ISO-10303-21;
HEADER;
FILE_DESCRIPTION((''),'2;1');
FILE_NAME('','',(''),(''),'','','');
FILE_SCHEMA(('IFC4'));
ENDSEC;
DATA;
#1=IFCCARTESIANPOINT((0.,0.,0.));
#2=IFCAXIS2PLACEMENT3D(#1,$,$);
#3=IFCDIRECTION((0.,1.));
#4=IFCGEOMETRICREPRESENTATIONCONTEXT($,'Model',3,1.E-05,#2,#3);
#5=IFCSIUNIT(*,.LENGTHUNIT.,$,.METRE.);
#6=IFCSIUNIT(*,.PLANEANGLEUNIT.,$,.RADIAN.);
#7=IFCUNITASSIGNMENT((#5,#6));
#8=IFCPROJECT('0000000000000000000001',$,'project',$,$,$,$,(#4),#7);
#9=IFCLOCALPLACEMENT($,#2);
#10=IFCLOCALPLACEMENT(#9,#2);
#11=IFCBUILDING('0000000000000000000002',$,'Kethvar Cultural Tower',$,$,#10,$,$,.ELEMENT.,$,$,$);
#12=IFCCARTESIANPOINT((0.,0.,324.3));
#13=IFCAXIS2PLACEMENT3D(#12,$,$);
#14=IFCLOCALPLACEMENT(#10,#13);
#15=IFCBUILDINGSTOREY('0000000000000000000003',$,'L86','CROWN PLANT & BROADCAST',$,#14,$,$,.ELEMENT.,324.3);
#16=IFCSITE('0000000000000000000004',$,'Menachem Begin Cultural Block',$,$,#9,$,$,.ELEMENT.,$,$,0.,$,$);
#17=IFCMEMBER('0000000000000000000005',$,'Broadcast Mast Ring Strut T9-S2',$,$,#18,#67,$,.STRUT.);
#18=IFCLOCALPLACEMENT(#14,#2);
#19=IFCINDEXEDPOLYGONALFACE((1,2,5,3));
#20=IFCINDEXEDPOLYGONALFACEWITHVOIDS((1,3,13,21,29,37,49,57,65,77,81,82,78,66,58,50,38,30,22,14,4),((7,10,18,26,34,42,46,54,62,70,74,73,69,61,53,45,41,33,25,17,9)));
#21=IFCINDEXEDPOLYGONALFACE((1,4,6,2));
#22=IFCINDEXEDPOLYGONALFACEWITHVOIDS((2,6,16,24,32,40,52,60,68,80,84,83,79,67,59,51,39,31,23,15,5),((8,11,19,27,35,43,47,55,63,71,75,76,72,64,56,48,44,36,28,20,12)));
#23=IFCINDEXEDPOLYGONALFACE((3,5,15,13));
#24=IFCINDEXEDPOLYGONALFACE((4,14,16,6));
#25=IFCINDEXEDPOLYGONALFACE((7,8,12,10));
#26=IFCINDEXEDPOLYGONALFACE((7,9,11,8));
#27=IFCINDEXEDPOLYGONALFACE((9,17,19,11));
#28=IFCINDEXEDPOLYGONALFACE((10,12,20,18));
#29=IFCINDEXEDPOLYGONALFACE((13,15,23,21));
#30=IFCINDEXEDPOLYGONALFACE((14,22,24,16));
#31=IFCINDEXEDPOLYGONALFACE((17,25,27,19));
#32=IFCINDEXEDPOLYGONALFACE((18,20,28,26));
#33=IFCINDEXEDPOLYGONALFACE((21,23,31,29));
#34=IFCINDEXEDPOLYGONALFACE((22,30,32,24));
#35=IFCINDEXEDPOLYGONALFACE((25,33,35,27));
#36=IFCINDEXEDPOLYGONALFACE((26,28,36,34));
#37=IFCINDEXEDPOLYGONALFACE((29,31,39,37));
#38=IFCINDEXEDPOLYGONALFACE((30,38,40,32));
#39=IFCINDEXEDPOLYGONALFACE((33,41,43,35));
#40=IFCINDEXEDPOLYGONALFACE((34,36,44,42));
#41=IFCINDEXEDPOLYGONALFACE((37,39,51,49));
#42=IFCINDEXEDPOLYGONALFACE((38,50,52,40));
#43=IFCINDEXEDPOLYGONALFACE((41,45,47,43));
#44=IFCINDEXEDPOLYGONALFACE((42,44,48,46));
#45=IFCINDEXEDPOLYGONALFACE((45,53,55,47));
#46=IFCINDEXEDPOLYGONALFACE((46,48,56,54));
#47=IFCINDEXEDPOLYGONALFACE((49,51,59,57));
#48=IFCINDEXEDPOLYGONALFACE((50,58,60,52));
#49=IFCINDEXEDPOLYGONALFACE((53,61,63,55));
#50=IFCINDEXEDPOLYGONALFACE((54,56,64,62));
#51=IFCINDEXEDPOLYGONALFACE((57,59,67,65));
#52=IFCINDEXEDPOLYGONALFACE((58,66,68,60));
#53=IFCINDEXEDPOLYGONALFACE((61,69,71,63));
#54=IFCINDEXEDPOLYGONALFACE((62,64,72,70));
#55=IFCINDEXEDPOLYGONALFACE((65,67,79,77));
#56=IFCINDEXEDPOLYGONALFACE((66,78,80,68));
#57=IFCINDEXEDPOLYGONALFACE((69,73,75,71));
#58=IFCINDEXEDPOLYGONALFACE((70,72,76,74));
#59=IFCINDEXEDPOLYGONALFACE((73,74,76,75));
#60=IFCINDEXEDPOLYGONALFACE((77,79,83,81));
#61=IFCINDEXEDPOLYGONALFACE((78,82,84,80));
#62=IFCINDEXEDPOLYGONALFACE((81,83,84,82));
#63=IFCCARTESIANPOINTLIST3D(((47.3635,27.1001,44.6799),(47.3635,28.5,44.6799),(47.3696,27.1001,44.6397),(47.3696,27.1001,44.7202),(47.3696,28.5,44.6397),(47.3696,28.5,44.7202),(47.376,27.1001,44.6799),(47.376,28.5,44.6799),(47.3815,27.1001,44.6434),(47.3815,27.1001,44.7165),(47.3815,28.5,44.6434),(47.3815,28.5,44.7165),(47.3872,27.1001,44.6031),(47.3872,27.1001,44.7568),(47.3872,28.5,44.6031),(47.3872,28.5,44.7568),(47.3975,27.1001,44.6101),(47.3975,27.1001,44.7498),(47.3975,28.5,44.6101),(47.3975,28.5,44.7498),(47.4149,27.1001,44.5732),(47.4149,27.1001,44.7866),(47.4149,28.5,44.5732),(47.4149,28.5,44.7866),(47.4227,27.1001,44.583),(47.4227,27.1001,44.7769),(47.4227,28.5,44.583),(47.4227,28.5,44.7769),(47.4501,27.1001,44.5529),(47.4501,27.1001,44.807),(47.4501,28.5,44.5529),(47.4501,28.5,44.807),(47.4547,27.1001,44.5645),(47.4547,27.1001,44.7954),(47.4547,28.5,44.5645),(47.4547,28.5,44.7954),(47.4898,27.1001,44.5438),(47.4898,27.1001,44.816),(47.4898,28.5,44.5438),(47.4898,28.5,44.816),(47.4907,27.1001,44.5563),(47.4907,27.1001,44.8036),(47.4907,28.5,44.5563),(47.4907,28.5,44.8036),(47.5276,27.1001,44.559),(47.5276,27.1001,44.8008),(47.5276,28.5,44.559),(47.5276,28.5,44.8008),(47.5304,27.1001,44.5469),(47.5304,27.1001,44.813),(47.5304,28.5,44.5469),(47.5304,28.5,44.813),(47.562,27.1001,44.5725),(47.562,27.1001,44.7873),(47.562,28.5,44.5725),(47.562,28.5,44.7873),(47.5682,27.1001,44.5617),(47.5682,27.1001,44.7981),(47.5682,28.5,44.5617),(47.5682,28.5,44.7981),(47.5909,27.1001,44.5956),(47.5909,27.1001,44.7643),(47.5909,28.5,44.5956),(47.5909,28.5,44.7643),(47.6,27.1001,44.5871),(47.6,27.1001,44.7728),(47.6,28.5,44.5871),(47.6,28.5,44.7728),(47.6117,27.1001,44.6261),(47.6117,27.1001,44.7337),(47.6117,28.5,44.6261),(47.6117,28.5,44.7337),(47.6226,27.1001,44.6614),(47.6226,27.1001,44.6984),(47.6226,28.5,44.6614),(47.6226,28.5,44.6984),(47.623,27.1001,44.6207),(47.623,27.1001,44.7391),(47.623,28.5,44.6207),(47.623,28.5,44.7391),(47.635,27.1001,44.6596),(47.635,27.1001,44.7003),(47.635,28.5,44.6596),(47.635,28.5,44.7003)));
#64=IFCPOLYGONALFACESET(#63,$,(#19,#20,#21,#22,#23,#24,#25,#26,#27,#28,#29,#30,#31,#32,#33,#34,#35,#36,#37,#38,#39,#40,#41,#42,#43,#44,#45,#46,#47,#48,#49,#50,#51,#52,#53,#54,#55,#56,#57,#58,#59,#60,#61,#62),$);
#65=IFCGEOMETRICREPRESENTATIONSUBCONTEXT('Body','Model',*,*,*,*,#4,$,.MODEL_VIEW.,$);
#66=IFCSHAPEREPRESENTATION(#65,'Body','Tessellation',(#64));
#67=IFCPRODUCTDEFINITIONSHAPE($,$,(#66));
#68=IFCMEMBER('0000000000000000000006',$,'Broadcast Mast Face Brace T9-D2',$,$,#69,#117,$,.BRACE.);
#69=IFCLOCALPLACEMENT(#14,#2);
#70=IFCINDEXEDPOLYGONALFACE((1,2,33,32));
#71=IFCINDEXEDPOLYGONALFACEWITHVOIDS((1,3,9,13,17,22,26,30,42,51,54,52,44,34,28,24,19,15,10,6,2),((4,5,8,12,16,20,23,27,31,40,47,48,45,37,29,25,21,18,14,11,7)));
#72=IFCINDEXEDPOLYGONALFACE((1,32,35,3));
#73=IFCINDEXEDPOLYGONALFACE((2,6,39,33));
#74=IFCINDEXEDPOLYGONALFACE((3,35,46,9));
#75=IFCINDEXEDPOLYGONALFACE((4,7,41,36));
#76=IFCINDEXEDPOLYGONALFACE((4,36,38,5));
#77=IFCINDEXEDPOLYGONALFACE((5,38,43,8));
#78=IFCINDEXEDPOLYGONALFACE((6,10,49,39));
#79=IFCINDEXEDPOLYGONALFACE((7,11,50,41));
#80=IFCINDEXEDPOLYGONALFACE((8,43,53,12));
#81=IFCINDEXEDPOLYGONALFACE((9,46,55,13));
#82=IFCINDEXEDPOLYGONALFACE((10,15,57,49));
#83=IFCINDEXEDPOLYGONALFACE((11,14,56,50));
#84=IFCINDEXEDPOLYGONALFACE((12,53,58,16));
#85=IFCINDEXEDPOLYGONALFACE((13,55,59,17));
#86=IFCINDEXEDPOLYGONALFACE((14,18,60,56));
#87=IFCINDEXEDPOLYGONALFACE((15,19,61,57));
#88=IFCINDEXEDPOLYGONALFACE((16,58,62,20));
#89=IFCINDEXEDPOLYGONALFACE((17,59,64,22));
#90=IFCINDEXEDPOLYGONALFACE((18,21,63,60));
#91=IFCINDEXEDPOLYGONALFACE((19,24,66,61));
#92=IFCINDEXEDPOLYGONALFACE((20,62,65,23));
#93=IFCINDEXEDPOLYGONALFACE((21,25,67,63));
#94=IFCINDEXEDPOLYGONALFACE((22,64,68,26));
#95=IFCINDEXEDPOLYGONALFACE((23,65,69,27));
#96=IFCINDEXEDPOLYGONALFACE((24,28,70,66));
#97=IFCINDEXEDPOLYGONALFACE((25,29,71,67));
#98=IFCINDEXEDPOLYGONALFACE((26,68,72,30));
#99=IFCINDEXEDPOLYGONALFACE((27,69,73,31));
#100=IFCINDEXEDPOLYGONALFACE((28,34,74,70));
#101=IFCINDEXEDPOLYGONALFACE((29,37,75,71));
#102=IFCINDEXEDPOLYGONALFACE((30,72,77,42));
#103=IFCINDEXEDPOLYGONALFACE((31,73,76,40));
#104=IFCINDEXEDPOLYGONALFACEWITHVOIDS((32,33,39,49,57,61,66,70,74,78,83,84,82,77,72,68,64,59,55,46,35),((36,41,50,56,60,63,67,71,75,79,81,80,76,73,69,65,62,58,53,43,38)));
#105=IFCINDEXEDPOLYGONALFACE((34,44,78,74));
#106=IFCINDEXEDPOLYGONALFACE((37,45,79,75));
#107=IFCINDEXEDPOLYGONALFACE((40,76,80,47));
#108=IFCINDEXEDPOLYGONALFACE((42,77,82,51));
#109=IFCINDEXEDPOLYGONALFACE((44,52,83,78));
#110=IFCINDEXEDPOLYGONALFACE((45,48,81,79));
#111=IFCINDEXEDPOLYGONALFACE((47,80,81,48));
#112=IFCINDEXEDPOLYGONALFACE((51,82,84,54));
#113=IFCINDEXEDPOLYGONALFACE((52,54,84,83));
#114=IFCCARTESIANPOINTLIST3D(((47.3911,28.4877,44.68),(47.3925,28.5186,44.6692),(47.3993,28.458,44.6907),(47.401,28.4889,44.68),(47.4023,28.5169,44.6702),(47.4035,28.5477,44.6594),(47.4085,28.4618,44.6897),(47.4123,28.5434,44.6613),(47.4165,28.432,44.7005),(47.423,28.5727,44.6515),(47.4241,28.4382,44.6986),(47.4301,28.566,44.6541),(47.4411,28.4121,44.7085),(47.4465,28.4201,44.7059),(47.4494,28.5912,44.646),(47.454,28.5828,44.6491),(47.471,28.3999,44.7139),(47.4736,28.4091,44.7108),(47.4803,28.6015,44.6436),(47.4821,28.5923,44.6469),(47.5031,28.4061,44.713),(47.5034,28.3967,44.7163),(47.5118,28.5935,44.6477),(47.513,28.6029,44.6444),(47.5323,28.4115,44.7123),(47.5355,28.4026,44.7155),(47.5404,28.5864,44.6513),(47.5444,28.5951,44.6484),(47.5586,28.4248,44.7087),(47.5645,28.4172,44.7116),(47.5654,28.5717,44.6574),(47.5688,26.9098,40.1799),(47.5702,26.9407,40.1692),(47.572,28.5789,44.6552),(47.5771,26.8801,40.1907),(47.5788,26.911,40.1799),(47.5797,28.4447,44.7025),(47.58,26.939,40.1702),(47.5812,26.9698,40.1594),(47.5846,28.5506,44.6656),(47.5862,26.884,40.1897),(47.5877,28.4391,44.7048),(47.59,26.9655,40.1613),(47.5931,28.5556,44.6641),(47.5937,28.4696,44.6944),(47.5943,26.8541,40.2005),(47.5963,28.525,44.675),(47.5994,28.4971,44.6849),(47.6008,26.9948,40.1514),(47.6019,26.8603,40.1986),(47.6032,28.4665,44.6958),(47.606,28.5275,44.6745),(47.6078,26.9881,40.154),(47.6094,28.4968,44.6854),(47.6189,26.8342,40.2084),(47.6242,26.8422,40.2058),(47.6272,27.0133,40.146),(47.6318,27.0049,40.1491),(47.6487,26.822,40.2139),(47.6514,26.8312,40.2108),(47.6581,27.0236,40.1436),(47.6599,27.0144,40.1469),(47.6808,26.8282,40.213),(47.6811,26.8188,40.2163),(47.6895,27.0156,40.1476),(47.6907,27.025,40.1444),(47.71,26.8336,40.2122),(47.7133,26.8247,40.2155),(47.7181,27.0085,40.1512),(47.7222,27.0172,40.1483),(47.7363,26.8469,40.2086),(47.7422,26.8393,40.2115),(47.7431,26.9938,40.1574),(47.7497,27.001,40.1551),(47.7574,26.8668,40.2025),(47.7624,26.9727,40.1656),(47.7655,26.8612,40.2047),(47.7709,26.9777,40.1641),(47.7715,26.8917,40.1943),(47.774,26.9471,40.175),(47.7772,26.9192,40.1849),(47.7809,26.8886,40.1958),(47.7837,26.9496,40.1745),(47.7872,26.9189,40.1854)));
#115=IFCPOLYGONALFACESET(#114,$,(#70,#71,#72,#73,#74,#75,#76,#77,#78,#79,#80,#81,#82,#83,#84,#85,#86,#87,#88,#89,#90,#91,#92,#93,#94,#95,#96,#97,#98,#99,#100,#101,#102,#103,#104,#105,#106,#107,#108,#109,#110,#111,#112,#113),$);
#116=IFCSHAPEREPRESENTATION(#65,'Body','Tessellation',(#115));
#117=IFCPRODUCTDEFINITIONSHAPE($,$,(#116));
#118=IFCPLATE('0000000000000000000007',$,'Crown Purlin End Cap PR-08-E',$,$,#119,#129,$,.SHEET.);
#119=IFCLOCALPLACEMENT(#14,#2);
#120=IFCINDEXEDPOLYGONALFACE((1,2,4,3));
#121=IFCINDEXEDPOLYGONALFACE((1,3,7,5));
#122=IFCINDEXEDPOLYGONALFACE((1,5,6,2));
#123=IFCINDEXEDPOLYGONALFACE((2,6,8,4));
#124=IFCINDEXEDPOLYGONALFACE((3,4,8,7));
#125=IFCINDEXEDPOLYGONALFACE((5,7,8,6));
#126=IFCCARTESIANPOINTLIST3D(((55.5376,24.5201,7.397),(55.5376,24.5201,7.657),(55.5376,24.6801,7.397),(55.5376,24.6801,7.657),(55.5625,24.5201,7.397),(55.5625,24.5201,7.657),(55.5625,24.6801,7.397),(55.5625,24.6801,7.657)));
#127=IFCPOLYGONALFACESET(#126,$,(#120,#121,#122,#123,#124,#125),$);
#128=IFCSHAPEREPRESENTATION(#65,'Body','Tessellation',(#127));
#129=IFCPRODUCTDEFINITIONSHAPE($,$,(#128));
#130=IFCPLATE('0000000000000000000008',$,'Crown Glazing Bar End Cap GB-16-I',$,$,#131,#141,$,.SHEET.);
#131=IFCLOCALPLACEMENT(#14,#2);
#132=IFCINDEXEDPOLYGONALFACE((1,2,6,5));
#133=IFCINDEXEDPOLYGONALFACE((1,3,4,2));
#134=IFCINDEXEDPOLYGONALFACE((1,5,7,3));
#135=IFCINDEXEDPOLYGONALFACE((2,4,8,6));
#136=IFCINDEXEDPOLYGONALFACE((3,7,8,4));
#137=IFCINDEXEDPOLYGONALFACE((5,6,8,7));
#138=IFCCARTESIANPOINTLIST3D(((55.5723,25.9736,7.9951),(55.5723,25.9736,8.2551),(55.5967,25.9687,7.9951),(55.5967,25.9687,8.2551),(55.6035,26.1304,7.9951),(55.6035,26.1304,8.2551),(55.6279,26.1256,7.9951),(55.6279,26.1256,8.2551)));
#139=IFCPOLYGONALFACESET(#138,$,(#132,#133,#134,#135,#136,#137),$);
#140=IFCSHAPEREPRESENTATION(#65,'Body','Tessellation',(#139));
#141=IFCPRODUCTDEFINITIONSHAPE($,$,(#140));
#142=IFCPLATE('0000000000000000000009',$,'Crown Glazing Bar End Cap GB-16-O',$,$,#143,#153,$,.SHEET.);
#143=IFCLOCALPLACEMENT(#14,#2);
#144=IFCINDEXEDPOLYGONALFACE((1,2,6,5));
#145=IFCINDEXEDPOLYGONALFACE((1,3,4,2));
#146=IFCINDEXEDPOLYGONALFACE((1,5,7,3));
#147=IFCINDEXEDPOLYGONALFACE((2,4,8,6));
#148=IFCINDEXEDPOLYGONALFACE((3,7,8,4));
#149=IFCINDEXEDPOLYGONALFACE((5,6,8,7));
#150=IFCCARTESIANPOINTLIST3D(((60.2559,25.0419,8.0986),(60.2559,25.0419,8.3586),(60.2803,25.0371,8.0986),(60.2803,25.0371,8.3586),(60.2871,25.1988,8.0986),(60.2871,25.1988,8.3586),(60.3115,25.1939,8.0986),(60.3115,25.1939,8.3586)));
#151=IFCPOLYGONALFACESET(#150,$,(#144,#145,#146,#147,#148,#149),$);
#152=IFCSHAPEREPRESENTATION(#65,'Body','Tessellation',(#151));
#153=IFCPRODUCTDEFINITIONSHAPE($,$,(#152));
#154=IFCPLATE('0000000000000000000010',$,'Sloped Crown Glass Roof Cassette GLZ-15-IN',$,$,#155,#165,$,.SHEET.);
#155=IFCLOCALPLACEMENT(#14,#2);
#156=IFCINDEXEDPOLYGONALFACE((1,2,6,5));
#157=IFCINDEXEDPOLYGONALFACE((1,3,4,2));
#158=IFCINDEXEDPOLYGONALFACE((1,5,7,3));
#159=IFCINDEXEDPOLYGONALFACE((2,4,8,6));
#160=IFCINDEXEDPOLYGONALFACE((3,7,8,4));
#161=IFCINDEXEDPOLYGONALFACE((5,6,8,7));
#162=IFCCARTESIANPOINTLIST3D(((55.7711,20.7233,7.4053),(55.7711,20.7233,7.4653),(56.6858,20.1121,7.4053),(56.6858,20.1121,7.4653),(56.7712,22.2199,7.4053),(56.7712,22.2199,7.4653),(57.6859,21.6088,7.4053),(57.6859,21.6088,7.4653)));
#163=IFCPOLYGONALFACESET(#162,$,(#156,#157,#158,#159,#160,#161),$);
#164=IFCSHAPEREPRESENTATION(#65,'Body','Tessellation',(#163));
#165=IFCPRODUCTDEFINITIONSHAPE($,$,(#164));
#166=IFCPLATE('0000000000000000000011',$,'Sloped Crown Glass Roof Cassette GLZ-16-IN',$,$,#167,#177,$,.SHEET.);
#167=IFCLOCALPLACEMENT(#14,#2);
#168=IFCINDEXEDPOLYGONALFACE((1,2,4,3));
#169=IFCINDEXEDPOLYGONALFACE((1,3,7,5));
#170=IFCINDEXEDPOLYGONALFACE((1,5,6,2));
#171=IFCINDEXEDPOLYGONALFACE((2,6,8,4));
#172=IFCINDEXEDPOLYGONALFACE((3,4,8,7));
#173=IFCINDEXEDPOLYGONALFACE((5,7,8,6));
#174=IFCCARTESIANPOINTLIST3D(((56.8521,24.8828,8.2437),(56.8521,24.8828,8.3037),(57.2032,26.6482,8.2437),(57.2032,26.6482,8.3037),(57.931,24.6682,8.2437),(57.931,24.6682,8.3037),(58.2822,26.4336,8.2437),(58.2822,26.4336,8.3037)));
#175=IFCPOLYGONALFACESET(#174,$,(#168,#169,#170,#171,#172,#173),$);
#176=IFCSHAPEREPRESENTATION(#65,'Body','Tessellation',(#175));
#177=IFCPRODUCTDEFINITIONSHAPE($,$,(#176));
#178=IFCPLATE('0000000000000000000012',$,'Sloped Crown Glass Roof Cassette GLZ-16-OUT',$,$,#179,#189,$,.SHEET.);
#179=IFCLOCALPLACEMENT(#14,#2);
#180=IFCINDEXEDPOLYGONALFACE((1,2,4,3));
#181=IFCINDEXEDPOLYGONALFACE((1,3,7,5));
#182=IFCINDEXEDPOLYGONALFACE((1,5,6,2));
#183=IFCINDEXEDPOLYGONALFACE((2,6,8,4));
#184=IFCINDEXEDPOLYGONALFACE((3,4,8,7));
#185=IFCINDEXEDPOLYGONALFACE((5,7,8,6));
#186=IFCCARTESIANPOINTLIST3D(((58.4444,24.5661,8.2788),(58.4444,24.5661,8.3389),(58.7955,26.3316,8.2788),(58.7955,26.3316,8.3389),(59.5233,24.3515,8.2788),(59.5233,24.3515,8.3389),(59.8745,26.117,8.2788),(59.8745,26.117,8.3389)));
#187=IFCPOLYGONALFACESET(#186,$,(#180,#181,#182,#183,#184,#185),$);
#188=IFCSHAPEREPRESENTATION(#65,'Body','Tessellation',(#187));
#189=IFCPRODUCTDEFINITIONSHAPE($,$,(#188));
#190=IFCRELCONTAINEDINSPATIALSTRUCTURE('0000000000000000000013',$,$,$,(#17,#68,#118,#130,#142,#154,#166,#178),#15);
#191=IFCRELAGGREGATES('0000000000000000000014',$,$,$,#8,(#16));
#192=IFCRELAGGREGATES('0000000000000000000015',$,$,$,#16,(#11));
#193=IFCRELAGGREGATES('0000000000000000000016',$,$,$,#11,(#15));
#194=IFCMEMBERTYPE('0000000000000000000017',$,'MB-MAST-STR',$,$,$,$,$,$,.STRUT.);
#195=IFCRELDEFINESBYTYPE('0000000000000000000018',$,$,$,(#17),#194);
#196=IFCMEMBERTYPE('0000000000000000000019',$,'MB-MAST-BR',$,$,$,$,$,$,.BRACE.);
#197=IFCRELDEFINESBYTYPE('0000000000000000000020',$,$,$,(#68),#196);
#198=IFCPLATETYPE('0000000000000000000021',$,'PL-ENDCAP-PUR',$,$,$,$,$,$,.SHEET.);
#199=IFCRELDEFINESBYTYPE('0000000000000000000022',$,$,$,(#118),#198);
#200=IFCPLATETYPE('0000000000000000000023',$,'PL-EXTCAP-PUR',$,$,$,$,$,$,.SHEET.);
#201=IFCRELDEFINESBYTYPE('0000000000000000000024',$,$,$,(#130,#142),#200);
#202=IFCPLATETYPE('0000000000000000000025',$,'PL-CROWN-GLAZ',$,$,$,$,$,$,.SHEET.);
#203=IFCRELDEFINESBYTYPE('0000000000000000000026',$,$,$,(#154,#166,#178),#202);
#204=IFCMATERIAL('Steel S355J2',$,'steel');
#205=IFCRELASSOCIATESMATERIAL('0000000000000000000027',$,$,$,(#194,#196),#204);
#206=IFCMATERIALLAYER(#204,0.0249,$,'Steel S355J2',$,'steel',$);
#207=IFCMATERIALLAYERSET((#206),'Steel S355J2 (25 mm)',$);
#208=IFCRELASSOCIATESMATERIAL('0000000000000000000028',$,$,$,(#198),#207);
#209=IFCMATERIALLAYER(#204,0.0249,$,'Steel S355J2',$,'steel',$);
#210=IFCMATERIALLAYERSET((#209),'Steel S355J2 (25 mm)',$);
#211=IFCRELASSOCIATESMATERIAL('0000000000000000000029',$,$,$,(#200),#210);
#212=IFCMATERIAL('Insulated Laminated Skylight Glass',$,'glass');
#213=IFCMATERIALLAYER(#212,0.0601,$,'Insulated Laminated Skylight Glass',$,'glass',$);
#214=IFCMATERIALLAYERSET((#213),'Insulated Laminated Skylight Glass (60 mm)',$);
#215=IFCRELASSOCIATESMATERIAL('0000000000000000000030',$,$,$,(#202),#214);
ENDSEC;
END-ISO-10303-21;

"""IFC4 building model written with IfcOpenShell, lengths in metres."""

from ifc_helpers import new_model, si_unit, direction, frame, origin, origin_2d, place, context, subcontext, project, spatial, rectangle, hollow_circle, extrude, source, transform, mapped, material, layer, layer_set, material_profile, profile_set, type_object, element, save


model = new_model("IFC4")

# Units and contexts
model_context = context("Model", 3, precision=1e-05, world=origin(), true_north=direction((0.0, 1.0)))
body_context = subcontext(model_context, "Body", "Model", "MODEL_VIEW")
ifc_project = project(units=[si_unit("LENGTHUNIT", "METRE"), si_unit("PLANEANGLEUNIT", "RADIAN")], contexts=[model_context])

# Site, building, storey
site_placement = place(None, origin())
site = spatial("IfcSite", under=ifc_project, at=site_placement, Name="Menachem Begin Cultural Block", CompositionType="ELEMENT", RefElevation=0.0)
building_placement = place(site_placement, origin())
building = spatial("IfcBuilding", under=site, at=building_placement, Name="Kethvar Cultural Tower", CompositionType="ELEMENT")
storey_placement = place(building_placement, frame((0.0, 0.0, 324.3)))
storey = spatial("IfcBuildingStorey", under=building, at=storey_placement, Name="L86", Description="CROWN PLANT & BROADCAST", CompositionType="ELEMENT", Elevation=324.3)

# Shared definitions
ifc_material_1 = material(Name="Steel S355J2", Category="steel")

# Members
ifc_material_profile_1 = material_profile(ifc_material_1, hollow_circle(Radius=0.1365, WallThickness=0.0125, at=origin_2d()), Name="Steel S355J2 — CHS273x12.5")
ifc_profile_set_1 = profile_set([ifc_material_profile_1], Name="Steel S355J2 — CHS273x12.5")
member_type_1 = type_object("IfcMemberType", Name="MB-MAST-STR", PredefinedType="STRUT", material=ifc_profile_set_1)
ifc_material_profile_2 = material_profile(ifc_material_1, hollow_circle(Radius=0.1096, WallThickness=0.01, at=origin_2d()), Name="Steel S355J2 — CHS219x10")
ifc_profile_set_2 = profile_set([ifc_material_profile_2], Name="Steel S355J2 — CHS219x10")
member_type_2 = type_object("IfcMemberType", Name="MB-MAST-BR", PredefinedType="BRACE", material=ifc_profile_set_2)
shared_shape_1 = source(origin(), body_context, "Body", "SweptSolid", [
    extrude(hollow_circle(Radius=0.1365, WallThickness=0.0125, at=origin_2d()), origin(), (0.0, 0.0, 1.0), 1.3999),
])
member_1_placement = place(storey_placement, frame((47.5, 27.1001, 44.6799), z_axis=(0.0, 1.0, 0.0), x_axis=(-1.0, 0.0, 0.0)))
element("IfcMember", 1, at=member_1_placement, inside=storey, type_object=member_type_1, Name="Broadcast Mast Ring Strut T9-S2", PredefinedType="STRUT", context=body_context, shape_type="MappedRepresentation", body=[
    mapped(shared_shape_1, transform((0.0, 0.0, 0.0), scale=1.0)),
])
shared_shape_2 = source(origin(), body_context, "Body", "SweptSolid", [
    extrude(hollow_circle(Radius=0.1096, WallThickness=0.01, at=origin_2d()), origin(), (0.0, 0.0, 1.0), 4.772),
])
member_2_placement = place(storey_placement, frame((47.6777, 26.9221, 40.1799), z_axis=(-0.037246, 0.330659, 0.943015), x_axis=(-0.993716, -0.111933, 0.0)))
element("IfcMember", 2, at=member_2_placement, inside=storey, type_object=member_type_2, Name="Broadcast Mast Face Brace T9-D2", PredefinedType="BRACE", context=body_context, shape_type="MappedRepresentation", body=[
    mapped(shared_shape_2, transform((0.0, 0.0, 0.0), scale=1.0)),
])

# Plates
ifc_layer_1 = layer(ifc_material_1, 0.0249, Name="Steel S355J2", Category="steel")
ifc_layer_set_1 = layer_set([ifc_layer_1], Name="Steel S355J2 (25 mm)")
plate_type_1 = type_object("IfcPlateType", Name="PL-ENDCAP-PUR", PredefinedType="SHEET", material=ifc_layer_set_1)
shared_shape_3 = source(origin(), body_context, "Body", "SweptSolid", [
    extrude(rectangle(XDim=0.0249, YDim=0.1599, at=origin_2d()), origin(), (0.0, 0.0, 1.0), 0.26),
])
plate_1_placement = place(storey_placement, frame((55.55, 24.6001, 7.397), z_axis=(0.0, 0.0, 1.0), x_axis=(1.0, 0.0, 0.0)))
element("IfcPlate", 3, at=plate_1_placement, inside=storey, type_object=plate_type_1, Name="Crown Purlin End Cap PR-08-E", PredefinedType="SHEET", context=body_context, shape_type="MappedRepresentation", body=[
    mapped(shared_shape_3, transform((0.0, 0.0, 0.0), scale=1.0)),
])
ifc_layer_2 = layer(ifc_material_1, 0.0249, Name="Steel S355J2", Category="steel")
ifc_layer_set_2 = layer_set([ifc_layer_2], Name="Steel S355J2 (25 mm)")
plate_type_2 = type_object("IfcPlateType", Name="PL-EXTCAP-PUR", PredefinedType="SHEET", material=ifc_layer_set_2)
shared_shape_4 = source(origin(), body_context, "Body", "SweptSolid", [
    extrude(rectangle(XDim=0.0249, YDim=0.1599, at=origin_2d()), origin(), (0.0, 0.0, 1.0), 0.26),
])
for number, where, z_axis, x_axis, name in (
    (4, (55.6001, 26.0496, 7.9951), (0.0, 0.0, 1.0), (0.980785, -0.19509, 0.0), "Crown Glazing Bar End Cap GB-16-I"),
    (5, (60.2837, 25.1179, 8.0986), (0.0, 0.0, 1.0), (0.980785, -0.19509, 0.0), "Crown Glazing Bar End Cap GB-16-O"),
):
    element("IfcPlate", number, at=place(storey_placement, frame(where, z_axis=z_axis, x_axis=x_axis)), inside=storey, type_object=plate_type_2, Name=name, PredefinedType="SHEET", context=body_context, shape_type="MappedRepresentation", body=[
        mapped(shared_shape_4, transform((0.0, 0.0, 0.0), scale=1.0)),
    ])
ifc_material_2 = material(Name="Insulated Laminated Skylight Glass", Category="glass")
ifc_layer_3 = layer(ifc_material_2, 0.0601, Name="Insulated Laminated Skylight Glass", Category="glass")
ifc_layer_set_3 = layer_set([ifc_layer_3], Name="Insulated Laminated Skylight Glass (60 mm)")
plate_type_3 = type_object("IfcPlateType", Name="PL-CROWN-GLAZ", PredefinedType="SHEET", material=ifc_layer_set_3)
shared_shape_5 = source(origin(), body_context, "Body", "SweptSolid", [
    extrude(rectangle(XDim=1.1001, YDim=1.8, at=origin_2d()), origin(), (0.0, 0.0, 1.0), 0.0601),
])
for number, where, z_axis, x_axis, name in (
    (6, (56.7285, 21.166, 7.4053), (0.0, 0.0, 1.0), (0.83147, -0.55557, 0.0), "Sloped Crown Glass Roof Cassette GLZ-15-IN"),
    (7, (57.5671, 25.6582, 8.2437), (0.0, 0.0, 1.0), (0.980785, -0.19509, 0.0), "Sloped Crown Glass Roof Cassette GLZ-16-IN"),
    (8, (59.1594, 25.3416, 8.2788), (0.0, 0.0, 1.0), (0.980785, -0.19509, 0.0), "Sloped Crown Glass Roof Cassette GLZ-16-OUT"),
):
    element("IfcPlate", number, at=place(storey_placement, frame(where, z_axis=z_axis, x_axis=x_axis)), inside=storey, type_object=plate_type_3, Name=name, PredefinedType="SHEET", context=body_context, shape_type="MappedRepresentation", body=[
        mapped(shared_shape_5, transform((0.0, 0.0, 0.0), scale=1.0)),
    ])

save(model, "model.ifc")
